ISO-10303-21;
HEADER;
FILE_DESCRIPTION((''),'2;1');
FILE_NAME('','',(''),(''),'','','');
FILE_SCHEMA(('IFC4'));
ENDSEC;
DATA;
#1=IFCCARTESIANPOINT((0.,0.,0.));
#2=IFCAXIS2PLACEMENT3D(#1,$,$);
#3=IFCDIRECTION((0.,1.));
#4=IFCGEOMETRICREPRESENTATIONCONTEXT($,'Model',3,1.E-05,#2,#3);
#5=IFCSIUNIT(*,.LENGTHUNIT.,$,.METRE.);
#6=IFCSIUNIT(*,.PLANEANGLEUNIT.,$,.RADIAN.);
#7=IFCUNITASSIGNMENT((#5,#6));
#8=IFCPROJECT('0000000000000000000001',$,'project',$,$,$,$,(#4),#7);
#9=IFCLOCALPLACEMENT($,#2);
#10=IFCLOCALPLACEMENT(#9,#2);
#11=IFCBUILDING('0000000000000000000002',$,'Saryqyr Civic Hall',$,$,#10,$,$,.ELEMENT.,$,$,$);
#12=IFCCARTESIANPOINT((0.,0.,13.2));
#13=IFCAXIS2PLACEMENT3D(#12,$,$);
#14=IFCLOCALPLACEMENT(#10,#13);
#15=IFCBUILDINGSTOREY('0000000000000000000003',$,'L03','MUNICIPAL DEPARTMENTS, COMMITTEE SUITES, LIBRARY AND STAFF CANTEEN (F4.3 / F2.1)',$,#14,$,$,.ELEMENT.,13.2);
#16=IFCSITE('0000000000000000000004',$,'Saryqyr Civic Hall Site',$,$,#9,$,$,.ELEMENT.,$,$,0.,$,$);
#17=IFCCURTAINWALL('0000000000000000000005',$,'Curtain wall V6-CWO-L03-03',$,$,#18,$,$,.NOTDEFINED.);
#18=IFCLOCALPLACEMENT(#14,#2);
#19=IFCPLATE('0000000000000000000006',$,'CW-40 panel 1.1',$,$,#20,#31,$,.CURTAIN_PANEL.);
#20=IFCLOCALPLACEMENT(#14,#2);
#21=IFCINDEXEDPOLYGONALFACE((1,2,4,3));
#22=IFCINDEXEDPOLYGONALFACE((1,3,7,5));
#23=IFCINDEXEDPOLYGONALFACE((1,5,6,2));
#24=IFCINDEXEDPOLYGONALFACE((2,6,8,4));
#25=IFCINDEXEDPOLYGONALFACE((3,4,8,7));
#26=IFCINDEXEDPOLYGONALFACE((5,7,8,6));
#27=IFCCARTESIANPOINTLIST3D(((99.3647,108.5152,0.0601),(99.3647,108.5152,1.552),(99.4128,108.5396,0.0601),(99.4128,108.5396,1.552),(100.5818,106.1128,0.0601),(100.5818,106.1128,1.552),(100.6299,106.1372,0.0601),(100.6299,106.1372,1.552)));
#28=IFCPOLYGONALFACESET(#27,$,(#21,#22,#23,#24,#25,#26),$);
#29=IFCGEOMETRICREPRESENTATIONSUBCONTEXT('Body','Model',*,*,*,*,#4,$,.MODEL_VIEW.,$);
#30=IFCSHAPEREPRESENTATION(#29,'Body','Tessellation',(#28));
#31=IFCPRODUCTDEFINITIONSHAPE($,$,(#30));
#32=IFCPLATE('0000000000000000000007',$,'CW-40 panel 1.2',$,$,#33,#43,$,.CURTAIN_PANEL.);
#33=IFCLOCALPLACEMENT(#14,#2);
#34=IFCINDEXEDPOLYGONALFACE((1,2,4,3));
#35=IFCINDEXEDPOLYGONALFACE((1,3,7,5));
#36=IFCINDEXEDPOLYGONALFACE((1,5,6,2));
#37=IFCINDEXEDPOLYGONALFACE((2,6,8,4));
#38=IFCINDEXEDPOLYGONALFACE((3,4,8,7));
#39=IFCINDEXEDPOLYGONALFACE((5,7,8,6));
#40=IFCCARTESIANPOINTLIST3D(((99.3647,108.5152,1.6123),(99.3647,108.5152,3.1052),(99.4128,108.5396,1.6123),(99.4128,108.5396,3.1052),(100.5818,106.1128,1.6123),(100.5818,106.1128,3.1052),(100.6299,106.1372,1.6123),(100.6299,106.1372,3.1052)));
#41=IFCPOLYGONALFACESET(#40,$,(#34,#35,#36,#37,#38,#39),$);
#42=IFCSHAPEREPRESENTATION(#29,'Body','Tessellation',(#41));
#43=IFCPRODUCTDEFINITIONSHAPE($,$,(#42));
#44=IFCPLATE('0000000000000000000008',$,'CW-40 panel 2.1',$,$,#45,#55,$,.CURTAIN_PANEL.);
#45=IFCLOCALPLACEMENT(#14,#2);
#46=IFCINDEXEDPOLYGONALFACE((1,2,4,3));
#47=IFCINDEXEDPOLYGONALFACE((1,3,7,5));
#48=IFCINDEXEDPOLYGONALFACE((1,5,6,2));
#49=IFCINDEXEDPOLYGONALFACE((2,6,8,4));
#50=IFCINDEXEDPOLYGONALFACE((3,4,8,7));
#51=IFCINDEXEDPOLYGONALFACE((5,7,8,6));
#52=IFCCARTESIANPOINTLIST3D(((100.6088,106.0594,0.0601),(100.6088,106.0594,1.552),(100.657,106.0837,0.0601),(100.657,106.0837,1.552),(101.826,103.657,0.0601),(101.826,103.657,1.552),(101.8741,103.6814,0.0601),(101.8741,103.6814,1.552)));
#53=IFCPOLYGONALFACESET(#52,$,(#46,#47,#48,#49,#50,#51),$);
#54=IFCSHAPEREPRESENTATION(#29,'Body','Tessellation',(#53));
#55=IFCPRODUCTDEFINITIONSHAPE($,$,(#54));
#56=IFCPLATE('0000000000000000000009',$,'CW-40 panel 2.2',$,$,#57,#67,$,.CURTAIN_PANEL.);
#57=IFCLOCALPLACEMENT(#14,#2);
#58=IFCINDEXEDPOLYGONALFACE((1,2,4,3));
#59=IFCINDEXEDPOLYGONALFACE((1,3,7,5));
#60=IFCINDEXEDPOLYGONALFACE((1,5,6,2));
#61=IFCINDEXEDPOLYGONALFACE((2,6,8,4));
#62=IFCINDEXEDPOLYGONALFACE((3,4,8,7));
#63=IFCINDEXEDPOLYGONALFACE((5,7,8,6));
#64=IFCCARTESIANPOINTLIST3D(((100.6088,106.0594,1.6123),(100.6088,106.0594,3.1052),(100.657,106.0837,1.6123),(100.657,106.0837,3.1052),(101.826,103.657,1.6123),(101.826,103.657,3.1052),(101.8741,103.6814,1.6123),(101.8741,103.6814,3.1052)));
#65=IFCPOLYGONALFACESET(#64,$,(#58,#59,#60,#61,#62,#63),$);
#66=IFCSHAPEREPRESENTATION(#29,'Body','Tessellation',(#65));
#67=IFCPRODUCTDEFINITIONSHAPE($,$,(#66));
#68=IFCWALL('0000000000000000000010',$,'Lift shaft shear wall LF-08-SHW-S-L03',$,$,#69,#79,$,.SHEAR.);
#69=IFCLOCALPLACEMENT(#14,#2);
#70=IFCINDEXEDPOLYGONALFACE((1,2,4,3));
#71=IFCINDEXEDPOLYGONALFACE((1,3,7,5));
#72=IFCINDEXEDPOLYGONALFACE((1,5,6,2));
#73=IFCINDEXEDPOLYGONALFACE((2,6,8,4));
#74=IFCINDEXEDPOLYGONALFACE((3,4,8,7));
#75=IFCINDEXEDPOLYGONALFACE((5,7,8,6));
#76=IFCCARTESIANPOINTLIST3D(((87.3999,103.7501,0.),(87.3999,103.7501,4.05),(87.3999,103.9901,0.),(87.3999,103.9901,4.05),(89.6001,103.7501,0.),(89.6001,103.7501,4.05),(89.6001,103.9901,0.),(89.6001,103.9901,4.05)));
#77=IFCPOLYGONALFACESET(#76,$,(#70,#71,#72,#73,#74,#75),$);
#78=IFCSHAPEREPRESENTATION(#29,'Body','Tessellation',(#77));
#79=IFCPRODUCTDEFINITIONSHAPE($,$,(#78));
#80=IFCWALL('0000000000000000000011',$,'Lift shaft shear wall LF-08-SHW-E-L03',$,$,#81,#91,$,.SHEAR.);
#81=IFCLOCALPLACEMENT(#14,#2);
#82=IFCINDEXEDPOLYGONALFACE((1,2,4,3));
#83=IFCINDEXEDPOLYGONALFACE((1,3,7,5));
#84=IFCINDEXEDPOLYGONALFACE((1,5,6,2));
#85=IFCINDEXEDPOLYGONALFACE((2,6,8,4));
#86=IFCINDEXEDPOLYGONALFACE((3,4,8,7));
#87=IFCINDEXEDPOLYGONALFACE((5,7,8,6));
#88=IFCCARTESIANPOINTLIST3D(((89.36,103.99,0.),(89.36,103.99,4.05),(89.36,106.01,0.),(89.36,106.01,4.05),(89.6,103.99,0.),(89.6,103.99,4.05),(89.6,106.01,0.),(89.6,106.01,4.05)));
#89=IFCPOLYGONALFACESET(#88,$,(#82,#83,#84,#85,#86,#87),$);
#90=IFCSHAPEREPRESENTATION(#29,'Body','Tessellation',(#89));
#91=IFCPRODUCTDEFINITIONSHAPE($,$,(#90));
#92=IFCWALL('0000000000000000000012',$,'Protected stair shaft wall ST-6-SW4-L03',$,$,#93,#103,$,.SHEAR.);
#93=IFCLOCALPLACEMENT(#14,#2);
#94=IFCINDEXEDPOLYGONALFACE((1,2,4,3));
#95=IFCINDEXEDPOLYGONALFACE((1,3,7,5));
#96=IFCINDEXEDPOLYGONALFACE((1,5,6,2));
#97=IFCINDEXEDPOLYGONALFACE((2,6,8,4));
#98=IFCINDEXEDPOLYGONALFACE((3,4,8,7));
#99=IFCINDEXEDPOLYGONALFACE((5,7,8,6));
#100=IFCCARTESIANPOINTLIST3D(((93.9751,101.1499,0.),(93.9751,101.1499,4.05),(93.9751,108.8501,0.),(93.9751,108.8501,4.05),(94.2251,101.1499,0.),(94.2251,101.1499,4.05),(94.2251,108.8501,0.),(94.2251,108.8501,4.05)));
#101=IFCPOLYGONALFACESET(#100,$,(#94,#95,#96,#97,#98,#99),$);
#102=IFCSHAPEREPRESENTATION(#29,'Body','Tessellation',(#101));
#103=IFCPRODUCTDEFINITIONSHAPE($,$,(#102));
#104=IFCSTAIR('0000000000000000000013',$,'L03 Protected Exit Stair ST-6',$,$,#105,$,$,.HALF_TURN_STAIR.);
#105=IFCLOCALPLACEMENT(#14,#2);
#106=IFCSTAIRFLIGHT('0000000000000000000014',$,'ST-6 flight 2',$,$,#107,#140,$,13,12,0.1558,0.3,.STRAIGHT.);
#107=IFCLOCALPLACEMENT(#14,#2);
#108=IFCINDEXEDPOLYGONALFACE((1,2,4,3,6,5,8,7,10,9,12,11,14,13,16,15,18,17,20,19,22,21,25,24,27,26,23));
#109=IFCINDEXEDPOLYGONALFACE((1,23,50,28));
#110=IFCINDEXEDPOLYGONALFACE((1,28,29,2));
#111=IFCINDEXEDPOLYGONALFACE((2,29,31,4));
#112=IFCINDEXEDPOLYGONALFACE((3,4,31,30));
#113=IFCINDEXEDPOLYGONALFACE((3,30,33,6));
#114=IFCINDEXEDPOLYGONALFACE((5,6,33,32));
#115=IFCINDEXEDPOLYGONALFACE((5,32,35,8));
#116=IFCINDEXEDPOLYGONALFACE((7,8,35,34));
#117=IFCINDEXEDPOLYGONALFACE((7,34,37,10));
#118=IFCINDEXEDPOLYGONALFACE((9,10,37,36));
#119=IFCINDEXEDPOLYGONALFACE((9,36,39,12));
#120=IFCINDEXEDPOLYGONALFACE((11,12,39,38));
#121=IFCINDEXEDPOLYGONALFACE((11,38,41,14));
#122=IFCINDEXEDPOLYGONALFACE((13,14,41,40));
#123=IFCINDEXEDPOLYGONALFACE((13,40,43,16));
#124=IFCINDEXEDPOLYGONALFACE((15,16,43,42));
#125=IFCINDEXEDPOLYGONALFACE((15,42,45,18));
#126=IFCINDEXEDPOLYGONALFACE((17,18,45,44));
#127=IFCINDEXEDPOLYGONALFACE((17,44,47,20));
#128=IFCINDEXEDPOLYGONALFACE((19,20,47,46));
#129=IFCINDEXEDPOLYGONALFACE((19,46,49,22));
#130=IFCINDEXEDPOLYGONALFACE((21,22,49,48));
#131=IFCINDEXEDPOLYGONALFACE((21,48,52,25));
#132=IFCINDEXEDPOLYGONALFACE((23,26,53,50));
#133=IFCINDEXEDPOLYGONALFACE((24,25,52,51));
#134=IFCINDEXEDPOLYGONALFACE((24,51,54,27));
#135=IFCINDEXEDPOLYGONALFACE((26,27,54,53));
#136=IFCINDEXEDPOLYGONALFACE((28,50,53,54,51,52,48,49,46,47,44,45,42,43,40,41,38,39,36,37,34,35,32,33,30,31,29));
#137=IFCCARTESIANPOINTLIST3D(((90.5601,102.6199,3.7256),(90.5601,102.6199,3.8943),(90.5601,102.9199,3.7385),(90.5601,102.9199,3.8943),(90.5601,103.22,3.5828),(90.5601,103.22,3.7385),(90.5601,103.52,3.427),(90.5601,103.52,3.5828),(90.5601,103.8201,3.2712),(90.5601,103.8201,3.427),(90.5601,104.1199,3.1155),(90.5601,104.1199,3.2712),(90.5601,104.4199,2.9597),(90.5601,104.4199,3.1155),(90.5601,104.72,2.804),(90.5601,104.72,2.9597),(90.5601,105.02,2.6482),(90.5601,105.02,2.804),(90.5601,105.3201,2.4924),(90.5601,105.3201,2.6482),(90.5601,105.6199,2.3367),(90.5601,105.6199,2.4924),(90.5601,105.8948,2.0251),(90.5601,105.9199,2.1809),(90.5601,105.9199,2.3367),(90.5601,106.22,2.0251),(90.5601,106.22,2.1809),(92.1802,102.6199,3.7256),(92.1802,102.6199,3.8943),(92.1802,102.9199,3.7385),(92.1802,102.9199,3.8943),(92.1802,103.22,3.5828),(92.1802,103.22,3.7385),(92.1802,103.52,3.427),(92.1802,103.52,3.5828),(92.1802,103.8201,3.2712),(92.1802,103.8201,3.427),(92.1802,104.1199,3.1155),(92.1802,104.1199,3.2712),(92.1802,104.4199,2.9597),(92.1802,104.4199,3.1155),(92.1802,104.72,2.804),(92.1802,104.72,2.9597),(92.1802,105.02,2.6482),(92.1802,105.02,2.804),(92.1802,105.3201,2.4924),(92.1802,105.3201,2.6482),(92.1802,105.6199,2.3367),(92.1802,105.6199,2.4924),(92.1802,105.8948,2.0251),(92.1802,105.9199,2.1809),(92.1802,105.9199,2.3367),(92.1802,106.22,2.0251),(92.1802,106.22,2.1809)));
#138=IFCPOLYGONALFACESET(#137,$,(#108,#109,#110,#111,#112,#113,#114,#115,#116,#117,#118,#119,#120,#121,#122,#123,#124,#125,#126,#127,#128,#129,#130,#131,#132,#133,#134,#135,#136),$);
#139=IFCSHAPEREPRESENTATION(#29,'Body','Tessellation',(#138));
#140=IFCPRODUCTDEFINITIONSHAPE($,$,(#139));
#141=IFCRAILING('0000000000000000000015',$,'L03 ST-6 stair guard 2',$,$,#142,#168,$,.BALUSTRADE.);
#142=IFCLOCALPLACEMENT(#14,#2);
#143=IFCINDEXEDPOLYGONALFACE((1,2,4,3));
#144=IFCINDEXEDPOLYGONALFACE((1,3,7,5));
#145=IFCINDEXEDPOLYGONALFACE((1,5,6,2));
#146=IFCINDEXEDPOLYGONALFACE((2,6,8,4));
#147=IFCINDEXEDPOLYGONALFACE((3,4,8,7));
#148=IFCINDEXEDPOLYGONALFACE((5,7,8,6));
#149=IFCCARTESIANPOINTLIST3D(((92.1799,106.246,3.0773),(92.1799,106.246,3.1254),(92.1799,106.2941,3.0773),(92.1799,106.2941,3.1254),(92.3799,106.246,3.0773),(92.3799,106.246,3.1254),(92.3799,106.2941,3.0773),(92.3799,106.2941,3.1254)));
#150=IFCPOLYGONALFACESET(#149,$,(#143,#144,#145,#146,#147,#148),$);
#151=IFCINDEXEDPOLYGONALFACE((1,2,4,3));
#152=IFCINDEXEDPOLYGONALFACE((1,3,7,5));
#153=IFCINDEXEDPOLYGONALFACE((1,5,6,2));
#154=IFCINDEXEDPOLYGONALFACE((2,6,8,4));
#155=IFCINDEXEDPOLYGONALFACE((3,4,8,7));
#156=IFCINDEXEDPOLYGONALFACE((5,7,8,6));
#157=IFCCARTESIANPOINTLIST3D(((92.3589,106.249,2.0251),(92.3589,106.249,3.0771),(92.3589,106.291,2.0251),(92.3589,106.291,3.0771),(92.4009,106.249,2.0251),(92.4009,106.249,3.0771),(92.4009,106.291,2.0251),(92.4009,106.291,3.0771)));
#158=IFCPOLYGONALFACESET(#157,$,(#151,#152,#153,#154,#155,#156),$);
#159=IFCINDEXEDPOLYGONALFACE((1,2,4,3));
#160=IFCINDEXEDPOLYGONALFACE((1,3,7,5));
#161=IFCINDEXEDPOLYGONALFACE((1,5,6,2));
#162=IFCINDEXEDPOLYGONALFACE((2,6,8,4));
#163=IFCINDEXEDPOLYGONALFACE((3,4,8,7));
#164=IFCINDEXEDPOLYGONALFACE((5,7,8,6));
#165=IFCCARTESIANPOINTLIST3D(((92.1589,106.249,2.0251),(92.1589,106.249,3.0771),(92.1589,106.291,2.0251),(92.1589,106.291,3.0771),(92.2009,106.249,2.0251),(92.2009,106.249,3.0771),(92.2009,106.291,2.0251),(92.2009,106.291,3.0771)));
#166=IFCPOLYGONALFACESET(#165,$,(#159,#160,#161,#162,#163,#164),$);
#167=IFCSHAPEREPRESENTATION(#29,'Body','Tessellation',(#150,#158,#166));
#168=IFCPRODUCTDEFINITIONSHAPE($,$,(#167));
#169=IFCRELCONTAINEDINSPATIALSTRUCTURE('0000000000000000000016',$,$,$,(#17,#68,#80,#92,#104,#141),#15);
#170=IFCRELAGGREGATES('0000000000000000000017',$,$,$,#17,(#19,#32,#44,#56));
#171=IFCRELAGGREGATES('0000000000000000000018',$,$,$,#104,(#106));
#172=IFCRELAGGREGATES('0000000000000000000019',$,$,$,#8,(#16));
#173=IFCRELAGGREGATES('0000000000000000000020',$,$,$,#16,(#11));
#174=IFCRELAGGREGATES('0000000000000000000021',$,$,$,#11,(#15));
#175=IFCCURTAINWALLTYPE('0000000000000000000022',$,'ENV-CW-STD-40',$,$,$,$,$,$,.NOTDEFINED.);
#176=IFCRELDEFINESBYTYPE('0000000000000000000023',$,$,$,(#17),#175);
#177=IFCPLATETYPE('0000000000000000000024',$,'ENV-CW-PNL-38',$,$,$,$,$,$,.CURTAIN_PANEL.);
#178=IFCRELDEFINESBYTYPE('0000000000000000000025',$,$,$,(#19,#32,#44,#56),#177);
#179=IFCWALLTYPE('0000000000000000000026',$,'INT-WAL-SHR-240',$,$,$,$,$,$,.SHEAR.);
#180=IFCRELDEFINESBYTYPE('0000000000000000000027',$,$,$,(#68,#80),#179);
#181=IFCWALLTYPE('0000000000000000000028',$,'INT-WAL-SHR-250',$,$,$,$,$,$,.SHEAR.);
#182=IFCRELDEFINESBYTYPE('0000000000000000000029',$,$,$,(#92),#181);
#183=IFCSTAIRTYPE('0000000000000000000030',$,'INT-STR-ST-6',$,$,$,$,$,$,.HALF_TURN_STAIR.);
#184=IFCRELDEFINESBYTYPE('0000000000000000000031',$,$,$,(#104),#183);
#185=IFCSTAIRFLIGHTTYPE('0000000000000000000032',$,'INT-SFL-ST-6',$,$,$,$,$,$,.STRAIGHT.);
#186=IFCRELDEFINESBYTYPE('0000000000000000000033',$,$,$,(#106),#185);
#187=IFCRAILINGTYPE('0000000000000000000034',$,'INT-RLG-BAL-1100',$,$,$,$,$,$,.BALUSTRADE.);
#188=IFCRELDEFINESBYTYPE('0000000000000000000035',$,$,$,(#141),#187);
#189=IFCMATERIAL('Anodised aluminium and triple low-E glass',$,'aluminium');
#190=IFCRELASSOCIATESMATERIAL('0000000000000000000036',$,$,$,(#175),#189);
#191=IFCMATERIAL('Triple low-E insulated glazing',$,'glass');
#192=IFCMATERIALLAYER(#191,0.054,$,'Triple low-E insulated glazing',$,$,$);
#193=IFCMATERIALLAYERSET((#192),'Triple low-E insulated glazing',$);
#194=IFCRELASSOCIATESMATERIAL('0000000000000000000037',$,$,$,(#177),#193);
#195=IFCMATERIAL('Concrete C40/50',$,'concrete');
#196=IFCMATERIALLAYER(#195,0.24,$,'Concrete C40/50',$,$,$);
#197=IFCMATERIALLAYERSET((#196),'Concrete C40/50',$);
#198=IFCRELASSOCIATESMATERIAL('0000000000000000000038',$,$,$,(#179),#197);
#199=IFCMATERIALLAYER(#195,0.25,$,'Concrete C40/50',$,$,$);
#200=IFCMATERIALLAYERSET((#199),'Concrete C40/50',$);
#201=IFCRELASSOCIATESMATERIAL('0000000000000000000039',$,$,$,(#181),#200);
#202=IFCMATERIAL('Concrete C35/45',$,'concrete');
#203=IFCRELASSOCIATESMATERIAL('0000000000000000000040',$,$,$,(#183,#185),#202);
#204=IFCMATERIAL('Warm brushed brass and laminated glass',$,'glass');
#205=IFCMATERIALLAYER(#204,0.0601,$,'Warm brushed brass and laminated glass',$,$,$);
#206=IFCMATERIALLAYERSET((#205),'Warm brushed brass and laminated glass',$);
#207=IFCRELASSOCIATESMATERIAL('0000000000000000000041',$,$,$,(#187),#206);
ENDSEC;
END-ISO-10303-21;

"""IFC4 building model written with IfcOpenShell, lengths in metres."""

from ifc_helpers import new_model, si_unit, direction, frame, frame_2d, origin, origin_2d, place, context, subcontext, project, spatial, polyline, rectangle, outline, extrude, material, layer, layer_set, type_object, element, aggregate, save


model = new_model("IFC4")

# Units and contexts
model_context = context("Model", 3, precision=1e-05, world=origin(), true_north=direction((0.0, 1.0)))
body_context = subcontext(model_context, "Body", "Model", "MODEL_VIEW")
ifc_project = project(units=[si_unit("LENGTHUNIT", "METRE"), si_unit("PLANEANGLEUNIT", "RADIAN")], contexts=[model_context])

# Site, building, storey
site_placement = place(None, origin())
site = spatial("IfcSite", under=ifc_project, at=site_placement, Name="Saryqyr Civic Hall Site", CompositionType="ELEMENT", RefElevation=0.0)
building_placement = place(site_placement, origin())
building = spatial("IfcBuilding", under=site, at=building_placement, Name="Saryqyr Civic Hall", CompositionType="ELEMENT")
storey_placement = place(building_placement, frame((0.0, 0.0, 13.2)))
storey = spatial("IfcBuildingStorey", under=building, at=storey_placement, Name="L03", Description="MUNICIPAL DEPARTMENTS, COMMITTEE SUITES, LIBRARY AND STAFF CANTEEN (F4.3 / F2.1)", CompositionType="ELEMENT", Elevation=13.2)

# Shared definitions
ifc_material_1 = material(Name="Concrete C40/50", Category="concrete")

# Curtain wall
ifc_material_2 = material(Name="Anodised aluminium and triple low-E glass", Category="aluminium")
curtain_wall_type = type_object("IfcCurtainWallType", Name="ENV-CW-STD-40", PredefinedType="NOTDEFINED", material=ifc_material_2)
curtain_wall_placement = place(storey_placement, origin())
curtain_wall = element("IfcCurtainWall", 1, at=curtain_wall_placement, inside=storey, type_object=curtain_wall_type, Name="Curtain wall V6-CWO-L03-03", PredefinedType="NOTDEFINED")

# Shared definitions
ifc_material_3 = material(Name="Concrete C35/45", Category="concrete")

# Plates
ifc_material_4 = material(Name="Triple low-E insulated glazing", Category="glass")
ifc_layer_1 = layer(ifc_material_4, 0.054, Name="Triple low-E insulated glazing")
ifc_layer_set_1 = layer_set([ifc_layer_1], Name="Triple low-E insulated glazing")
plate_type = type_object("IfcPlateType", Name="ENV-CW-PNL-38", PredefinedType="CURTAIN_PANEL", material=ifc_layer_set_1)
plate_1_placement = place(storey_placement, frame((99.9973, 107.3262, 0.0601), z_axis=(0.0, 0.0, 1.0), x_axis=(0.451943, -0.892047, 0.0)))
plate_1 = element("IfcPlate", 2, at=plate_1_placement, type_object=plate_type, Name="CW-40 panel 1.1", PredefinedType="CURTAIN_PANEL", context=body_context, shape_type="SweptSolid", body=[
    extrude(rectangle(XDim=2.6931, YDim=0.054, at=origin_2d()), origin(), (0.0, 0.0, 1.0), 1.4919),
])
plate_2_placement = place(storey_placement, frame((99.9973, 107.3262, 1.6123), z_axis=(0.0, 0.0, 1.0), x_axis=(0.451943, -0.892047, 0.0)))
plate_2 = element("IfcPlate", 3, at=plate_2_placement, type_object=plate_type, Name="CW-40 panel 1.2", PredefinedType="CURTAIN_PANEL", context=body_context, shape_type="SweptSolid", body=[
    extrude(rectangle(XDim=2.6931, YDim=0.054, at=origin_2d()), origin(), (0.0, 0.0, 1.0), 1.4929),
])
plate_3_placement = place(storey_placement, frame((101.2415, 104.8704, 0.0601), z_axis=(0.0, 0.0, 1.0), x_axis=(0.451943, -0.892047, 0.0)))
plate_3 = element("IfcPlate", 4, at=plate_3_placement, type_object=plate_type, Name="CW-40 panel 2.1", PredefinedType="CURTAIN_PANEL", context=body_context, shape_type="SweptSolid", body=[
    extrude(rectangle(XDim=2.6931, YDim=0.054, at=origin_2d()), origin(), (0.0, 0.0, 1.0), 1.4919),
])
plate_4_placement = place(storey_placement, frame((101.2415, 104.8704, 1.6123), z_axis=(0.0, 0.0, 1.0), x_axis=(0.451943, -0.892047, 0.0)))
plate_4 = element("IfcPlate", 5, at=plate_4_placement, type_object=plate_type, Name="CW-40 panel 2.2", PredefinedType="CURTAIN_PANEL", context=body_context, shape_type="SweptSolid", body=[
    extrude(rectangle(XDim=2.6931, YDim=0.054, at=origin_2d()), origin(), (0.0, 0.0, 1.0), 1.4929),
])
aggregate(curtain_wall, [plate_1, plate_2, plate_3, plate_4])

# Walls
ifc_layer_2 = layer(ifc_material_1, 0.24, Name="Concrete C40/50")
ifc_layer_set_2 = layer_set([ifc_layer_2], Name="Concrete C40/50")
wall_type_1 = type_object("IfcWallType", Name="INT-WAL-SHR-240", PredefinedType="SHEAR", material=ifc_layer_set_2)
wall_1_placement = place(storey_placement, frame((89.6001, 103.8701, 0.0), z_axis=(0.0, 0.0, 1.0), x_axis=(-1.0, 0.0, 0.0)))
element("IfcWall", 6, at=wall_1_placement, inside=storey, type_object=wall_type_1, Name="Lift shaft shear wall LF-08-SHW-S-L03", PredefinedType="SHEAR", context=body_context, shape_type="SweptSolid", body=[
    extrude(rectangle(XDim=2.2002, YDim=0.24, at=frame_2d((1.1001, 0.0))), origin(), (0.0, 0.0, 1.0), 4.05),
])
wall_2_placement = place(storey_placement, frame((89.48, 106.01, 0.0), z_axis=(0.0, 0.0, 1.0), x_axis=(0.0, -1.0, 0.0)))
element("IfcWall", 7, at=wall_2_placement, inside=storey, type_object=wall_type_1, Name="Lift shaft shear wall LF-08-SHW-E-L03", PredefinedType="SHEAR", context=body_context, shape_type="SweptSolid", body=[
    extrude(rectangle(XDim=2.02, YDim=0.24, at=frame_2d((1.01, 0.0))), origin(), (0.0, 0.0, 1.0), 4.05),
])
ifc_layer_3 = layer(ifc_material_1, 0.25, Name="Concrete C40/50")
ifc_layer_set_3 = layer_set([ifc_layer_3], Name="Concrete C40/50")
wall_type_2 = type_object("IfcWallType", Name="INT-WAL-SHR-250", PredefinedType="SHEAR", material=ifc_layer_set_3)
wall_3_placement = place(storey_placement, frame((94.1001, 108.8501, 0.0), z_axis=(0.0, 0.0, 1.0), x_axis=(0.0, -1.0, 0.0)))
element("IfcWall", 8, at=wall_3_placement, inside=storey, type_object=wall_type_2, Name="Protected stair shaft wall ST-6-SW4-L03", PredefinedType="SHEAR", context=body_context, shape_type="SweptSolid", body=[
    extrude(rectangle(XDim=7.7002, YDim=0.25, at=frame_2d((3.8501, 0.0))), origin(), (0.0, 0.0, 1.0), 4.05),
])

# Stair, stair flight
stair_type = type_object("IfcStairType", Name="INT-STR-ST-6", PredefinedType="HALF_TURN_STAIR", material=ifc_material_3)
stair_placement = place(storey_placement, origin())
stair = element("IfcStair", 9, at=stair_placement, inside=storey, type_object=stair_type, Name="L03 Protected Exit Stair ST-6", PredefinedType="HALF_TURN_STAIR")
stair_flight_type = type_object("IfcStairFlightType", Name="INT-SFL-ST-6", PredefinedType="STRAIGHT", material=ifc_material_3)
stair_flight_placement = place(storey_placement, frame((91.3701, 106.22, 2.0251), z_axis=(0.0, 0.0, 1.0), x_axis=(0.0, -1.0, 0.0)))
stair_flight = element("IfcStairFlight", 10, at=stair_flight_placement, type_object=stair_flight_type, Name="ST-6 flight 2", NumberOfRisers=13, NumberOfTreads=12, PredefinedType="STRAIGHT", RiserHeight=0.1558, TreadLength=0.3, context=body_context, shape_type="SweptSolid", body=[
    extrude(outline(polyline([(0.0, 0.0), (0.0, 0.1558), (0.3, 0.1558), (0.3, 0.3115), (0.6001, 0.3115), (0.6001, 0.4673), (0.8999, 0.4673), (0.8999, 0.623), (1.2, 0.623), (1.2, 0.7788), (1.5, 0.7788), (1.5, 0.9346), (1.8, 0.9346), (1.8, 1.0903), (2.1001, 1.0903), (2.1001, 1.2461), (2.3999, 1.2461), (2.3999, 1.4019), (2.7, 1.4019), (2.7, 1.5576), (3.0, 1.5576), (3.0, 1.7134), (3.3, 1.7134), (3.3, 1.8691), (3.6001, 1.8691), (3.6001, 2.0249), (3.6001, 1.7004), (0.3252, 0.0), (0.0, 0.0)])), frame((0.0, 0.8101, 0.0), z_axis=(0.0, -1.0, 0.0), x_axis=(1.0, 0.0, 0.0)), (0.0, 0.0, 1.0), 1.6201),
])
aggregate(stair, [stair_flight])

# Railing
ifc_material_5 = material(Name="Warm brushed brass and laminated glass", Category="glass")
ifc_layer_4 = layer(ifc_material_5, 0.0601, Name="Warm brushed brass and laminated glass")
ifc_layer_set_4 = layer_set([ifc_layer_4], Name="Warm brushed brass and laminated glass")
railing_type_1 = type_object("IfcRailingType", Name="INT-RLG-BAL-1100", PredefinedType="BALUSTRADE", material=ifc_layer_set_4)
railing_1_placement = place(storey_placement, frame((92.3799, 106.27, 2.0251)))
element("IfcRailing", 11, at=railing_1_placement, inside=storey, type_object=railing_type_1, Name="L03 ST-6 stair guard 2", PredefinedType="BALUSTRADE", context=body_context, shape_type="SweptSolid", body=[
    extrude(rectangle(XDim=0.0481, YDim=0.0481, at=origin_2d()), frame((0.0, 0.0, 1.0762), z_axis=(-1.0, 0.0, 0.0), x_axis=(0.0, -1.0, 0.0)), (0.0, 0.0, 1.0), 0.2),
    extrude(rectangle(XDim=0.042, YDim=0.042, at=origin_2d()), origin(), (0.0, 0.0, 1.0), 1.052),
    extrude(rectangle(XDim=0.042, YDim=0.042, at=origin_2d()), frame((-0.2, 0.0, 0.0)), (0.0, 0.0, 1.0), 1.052),
])

save(model, "model.ifc")
